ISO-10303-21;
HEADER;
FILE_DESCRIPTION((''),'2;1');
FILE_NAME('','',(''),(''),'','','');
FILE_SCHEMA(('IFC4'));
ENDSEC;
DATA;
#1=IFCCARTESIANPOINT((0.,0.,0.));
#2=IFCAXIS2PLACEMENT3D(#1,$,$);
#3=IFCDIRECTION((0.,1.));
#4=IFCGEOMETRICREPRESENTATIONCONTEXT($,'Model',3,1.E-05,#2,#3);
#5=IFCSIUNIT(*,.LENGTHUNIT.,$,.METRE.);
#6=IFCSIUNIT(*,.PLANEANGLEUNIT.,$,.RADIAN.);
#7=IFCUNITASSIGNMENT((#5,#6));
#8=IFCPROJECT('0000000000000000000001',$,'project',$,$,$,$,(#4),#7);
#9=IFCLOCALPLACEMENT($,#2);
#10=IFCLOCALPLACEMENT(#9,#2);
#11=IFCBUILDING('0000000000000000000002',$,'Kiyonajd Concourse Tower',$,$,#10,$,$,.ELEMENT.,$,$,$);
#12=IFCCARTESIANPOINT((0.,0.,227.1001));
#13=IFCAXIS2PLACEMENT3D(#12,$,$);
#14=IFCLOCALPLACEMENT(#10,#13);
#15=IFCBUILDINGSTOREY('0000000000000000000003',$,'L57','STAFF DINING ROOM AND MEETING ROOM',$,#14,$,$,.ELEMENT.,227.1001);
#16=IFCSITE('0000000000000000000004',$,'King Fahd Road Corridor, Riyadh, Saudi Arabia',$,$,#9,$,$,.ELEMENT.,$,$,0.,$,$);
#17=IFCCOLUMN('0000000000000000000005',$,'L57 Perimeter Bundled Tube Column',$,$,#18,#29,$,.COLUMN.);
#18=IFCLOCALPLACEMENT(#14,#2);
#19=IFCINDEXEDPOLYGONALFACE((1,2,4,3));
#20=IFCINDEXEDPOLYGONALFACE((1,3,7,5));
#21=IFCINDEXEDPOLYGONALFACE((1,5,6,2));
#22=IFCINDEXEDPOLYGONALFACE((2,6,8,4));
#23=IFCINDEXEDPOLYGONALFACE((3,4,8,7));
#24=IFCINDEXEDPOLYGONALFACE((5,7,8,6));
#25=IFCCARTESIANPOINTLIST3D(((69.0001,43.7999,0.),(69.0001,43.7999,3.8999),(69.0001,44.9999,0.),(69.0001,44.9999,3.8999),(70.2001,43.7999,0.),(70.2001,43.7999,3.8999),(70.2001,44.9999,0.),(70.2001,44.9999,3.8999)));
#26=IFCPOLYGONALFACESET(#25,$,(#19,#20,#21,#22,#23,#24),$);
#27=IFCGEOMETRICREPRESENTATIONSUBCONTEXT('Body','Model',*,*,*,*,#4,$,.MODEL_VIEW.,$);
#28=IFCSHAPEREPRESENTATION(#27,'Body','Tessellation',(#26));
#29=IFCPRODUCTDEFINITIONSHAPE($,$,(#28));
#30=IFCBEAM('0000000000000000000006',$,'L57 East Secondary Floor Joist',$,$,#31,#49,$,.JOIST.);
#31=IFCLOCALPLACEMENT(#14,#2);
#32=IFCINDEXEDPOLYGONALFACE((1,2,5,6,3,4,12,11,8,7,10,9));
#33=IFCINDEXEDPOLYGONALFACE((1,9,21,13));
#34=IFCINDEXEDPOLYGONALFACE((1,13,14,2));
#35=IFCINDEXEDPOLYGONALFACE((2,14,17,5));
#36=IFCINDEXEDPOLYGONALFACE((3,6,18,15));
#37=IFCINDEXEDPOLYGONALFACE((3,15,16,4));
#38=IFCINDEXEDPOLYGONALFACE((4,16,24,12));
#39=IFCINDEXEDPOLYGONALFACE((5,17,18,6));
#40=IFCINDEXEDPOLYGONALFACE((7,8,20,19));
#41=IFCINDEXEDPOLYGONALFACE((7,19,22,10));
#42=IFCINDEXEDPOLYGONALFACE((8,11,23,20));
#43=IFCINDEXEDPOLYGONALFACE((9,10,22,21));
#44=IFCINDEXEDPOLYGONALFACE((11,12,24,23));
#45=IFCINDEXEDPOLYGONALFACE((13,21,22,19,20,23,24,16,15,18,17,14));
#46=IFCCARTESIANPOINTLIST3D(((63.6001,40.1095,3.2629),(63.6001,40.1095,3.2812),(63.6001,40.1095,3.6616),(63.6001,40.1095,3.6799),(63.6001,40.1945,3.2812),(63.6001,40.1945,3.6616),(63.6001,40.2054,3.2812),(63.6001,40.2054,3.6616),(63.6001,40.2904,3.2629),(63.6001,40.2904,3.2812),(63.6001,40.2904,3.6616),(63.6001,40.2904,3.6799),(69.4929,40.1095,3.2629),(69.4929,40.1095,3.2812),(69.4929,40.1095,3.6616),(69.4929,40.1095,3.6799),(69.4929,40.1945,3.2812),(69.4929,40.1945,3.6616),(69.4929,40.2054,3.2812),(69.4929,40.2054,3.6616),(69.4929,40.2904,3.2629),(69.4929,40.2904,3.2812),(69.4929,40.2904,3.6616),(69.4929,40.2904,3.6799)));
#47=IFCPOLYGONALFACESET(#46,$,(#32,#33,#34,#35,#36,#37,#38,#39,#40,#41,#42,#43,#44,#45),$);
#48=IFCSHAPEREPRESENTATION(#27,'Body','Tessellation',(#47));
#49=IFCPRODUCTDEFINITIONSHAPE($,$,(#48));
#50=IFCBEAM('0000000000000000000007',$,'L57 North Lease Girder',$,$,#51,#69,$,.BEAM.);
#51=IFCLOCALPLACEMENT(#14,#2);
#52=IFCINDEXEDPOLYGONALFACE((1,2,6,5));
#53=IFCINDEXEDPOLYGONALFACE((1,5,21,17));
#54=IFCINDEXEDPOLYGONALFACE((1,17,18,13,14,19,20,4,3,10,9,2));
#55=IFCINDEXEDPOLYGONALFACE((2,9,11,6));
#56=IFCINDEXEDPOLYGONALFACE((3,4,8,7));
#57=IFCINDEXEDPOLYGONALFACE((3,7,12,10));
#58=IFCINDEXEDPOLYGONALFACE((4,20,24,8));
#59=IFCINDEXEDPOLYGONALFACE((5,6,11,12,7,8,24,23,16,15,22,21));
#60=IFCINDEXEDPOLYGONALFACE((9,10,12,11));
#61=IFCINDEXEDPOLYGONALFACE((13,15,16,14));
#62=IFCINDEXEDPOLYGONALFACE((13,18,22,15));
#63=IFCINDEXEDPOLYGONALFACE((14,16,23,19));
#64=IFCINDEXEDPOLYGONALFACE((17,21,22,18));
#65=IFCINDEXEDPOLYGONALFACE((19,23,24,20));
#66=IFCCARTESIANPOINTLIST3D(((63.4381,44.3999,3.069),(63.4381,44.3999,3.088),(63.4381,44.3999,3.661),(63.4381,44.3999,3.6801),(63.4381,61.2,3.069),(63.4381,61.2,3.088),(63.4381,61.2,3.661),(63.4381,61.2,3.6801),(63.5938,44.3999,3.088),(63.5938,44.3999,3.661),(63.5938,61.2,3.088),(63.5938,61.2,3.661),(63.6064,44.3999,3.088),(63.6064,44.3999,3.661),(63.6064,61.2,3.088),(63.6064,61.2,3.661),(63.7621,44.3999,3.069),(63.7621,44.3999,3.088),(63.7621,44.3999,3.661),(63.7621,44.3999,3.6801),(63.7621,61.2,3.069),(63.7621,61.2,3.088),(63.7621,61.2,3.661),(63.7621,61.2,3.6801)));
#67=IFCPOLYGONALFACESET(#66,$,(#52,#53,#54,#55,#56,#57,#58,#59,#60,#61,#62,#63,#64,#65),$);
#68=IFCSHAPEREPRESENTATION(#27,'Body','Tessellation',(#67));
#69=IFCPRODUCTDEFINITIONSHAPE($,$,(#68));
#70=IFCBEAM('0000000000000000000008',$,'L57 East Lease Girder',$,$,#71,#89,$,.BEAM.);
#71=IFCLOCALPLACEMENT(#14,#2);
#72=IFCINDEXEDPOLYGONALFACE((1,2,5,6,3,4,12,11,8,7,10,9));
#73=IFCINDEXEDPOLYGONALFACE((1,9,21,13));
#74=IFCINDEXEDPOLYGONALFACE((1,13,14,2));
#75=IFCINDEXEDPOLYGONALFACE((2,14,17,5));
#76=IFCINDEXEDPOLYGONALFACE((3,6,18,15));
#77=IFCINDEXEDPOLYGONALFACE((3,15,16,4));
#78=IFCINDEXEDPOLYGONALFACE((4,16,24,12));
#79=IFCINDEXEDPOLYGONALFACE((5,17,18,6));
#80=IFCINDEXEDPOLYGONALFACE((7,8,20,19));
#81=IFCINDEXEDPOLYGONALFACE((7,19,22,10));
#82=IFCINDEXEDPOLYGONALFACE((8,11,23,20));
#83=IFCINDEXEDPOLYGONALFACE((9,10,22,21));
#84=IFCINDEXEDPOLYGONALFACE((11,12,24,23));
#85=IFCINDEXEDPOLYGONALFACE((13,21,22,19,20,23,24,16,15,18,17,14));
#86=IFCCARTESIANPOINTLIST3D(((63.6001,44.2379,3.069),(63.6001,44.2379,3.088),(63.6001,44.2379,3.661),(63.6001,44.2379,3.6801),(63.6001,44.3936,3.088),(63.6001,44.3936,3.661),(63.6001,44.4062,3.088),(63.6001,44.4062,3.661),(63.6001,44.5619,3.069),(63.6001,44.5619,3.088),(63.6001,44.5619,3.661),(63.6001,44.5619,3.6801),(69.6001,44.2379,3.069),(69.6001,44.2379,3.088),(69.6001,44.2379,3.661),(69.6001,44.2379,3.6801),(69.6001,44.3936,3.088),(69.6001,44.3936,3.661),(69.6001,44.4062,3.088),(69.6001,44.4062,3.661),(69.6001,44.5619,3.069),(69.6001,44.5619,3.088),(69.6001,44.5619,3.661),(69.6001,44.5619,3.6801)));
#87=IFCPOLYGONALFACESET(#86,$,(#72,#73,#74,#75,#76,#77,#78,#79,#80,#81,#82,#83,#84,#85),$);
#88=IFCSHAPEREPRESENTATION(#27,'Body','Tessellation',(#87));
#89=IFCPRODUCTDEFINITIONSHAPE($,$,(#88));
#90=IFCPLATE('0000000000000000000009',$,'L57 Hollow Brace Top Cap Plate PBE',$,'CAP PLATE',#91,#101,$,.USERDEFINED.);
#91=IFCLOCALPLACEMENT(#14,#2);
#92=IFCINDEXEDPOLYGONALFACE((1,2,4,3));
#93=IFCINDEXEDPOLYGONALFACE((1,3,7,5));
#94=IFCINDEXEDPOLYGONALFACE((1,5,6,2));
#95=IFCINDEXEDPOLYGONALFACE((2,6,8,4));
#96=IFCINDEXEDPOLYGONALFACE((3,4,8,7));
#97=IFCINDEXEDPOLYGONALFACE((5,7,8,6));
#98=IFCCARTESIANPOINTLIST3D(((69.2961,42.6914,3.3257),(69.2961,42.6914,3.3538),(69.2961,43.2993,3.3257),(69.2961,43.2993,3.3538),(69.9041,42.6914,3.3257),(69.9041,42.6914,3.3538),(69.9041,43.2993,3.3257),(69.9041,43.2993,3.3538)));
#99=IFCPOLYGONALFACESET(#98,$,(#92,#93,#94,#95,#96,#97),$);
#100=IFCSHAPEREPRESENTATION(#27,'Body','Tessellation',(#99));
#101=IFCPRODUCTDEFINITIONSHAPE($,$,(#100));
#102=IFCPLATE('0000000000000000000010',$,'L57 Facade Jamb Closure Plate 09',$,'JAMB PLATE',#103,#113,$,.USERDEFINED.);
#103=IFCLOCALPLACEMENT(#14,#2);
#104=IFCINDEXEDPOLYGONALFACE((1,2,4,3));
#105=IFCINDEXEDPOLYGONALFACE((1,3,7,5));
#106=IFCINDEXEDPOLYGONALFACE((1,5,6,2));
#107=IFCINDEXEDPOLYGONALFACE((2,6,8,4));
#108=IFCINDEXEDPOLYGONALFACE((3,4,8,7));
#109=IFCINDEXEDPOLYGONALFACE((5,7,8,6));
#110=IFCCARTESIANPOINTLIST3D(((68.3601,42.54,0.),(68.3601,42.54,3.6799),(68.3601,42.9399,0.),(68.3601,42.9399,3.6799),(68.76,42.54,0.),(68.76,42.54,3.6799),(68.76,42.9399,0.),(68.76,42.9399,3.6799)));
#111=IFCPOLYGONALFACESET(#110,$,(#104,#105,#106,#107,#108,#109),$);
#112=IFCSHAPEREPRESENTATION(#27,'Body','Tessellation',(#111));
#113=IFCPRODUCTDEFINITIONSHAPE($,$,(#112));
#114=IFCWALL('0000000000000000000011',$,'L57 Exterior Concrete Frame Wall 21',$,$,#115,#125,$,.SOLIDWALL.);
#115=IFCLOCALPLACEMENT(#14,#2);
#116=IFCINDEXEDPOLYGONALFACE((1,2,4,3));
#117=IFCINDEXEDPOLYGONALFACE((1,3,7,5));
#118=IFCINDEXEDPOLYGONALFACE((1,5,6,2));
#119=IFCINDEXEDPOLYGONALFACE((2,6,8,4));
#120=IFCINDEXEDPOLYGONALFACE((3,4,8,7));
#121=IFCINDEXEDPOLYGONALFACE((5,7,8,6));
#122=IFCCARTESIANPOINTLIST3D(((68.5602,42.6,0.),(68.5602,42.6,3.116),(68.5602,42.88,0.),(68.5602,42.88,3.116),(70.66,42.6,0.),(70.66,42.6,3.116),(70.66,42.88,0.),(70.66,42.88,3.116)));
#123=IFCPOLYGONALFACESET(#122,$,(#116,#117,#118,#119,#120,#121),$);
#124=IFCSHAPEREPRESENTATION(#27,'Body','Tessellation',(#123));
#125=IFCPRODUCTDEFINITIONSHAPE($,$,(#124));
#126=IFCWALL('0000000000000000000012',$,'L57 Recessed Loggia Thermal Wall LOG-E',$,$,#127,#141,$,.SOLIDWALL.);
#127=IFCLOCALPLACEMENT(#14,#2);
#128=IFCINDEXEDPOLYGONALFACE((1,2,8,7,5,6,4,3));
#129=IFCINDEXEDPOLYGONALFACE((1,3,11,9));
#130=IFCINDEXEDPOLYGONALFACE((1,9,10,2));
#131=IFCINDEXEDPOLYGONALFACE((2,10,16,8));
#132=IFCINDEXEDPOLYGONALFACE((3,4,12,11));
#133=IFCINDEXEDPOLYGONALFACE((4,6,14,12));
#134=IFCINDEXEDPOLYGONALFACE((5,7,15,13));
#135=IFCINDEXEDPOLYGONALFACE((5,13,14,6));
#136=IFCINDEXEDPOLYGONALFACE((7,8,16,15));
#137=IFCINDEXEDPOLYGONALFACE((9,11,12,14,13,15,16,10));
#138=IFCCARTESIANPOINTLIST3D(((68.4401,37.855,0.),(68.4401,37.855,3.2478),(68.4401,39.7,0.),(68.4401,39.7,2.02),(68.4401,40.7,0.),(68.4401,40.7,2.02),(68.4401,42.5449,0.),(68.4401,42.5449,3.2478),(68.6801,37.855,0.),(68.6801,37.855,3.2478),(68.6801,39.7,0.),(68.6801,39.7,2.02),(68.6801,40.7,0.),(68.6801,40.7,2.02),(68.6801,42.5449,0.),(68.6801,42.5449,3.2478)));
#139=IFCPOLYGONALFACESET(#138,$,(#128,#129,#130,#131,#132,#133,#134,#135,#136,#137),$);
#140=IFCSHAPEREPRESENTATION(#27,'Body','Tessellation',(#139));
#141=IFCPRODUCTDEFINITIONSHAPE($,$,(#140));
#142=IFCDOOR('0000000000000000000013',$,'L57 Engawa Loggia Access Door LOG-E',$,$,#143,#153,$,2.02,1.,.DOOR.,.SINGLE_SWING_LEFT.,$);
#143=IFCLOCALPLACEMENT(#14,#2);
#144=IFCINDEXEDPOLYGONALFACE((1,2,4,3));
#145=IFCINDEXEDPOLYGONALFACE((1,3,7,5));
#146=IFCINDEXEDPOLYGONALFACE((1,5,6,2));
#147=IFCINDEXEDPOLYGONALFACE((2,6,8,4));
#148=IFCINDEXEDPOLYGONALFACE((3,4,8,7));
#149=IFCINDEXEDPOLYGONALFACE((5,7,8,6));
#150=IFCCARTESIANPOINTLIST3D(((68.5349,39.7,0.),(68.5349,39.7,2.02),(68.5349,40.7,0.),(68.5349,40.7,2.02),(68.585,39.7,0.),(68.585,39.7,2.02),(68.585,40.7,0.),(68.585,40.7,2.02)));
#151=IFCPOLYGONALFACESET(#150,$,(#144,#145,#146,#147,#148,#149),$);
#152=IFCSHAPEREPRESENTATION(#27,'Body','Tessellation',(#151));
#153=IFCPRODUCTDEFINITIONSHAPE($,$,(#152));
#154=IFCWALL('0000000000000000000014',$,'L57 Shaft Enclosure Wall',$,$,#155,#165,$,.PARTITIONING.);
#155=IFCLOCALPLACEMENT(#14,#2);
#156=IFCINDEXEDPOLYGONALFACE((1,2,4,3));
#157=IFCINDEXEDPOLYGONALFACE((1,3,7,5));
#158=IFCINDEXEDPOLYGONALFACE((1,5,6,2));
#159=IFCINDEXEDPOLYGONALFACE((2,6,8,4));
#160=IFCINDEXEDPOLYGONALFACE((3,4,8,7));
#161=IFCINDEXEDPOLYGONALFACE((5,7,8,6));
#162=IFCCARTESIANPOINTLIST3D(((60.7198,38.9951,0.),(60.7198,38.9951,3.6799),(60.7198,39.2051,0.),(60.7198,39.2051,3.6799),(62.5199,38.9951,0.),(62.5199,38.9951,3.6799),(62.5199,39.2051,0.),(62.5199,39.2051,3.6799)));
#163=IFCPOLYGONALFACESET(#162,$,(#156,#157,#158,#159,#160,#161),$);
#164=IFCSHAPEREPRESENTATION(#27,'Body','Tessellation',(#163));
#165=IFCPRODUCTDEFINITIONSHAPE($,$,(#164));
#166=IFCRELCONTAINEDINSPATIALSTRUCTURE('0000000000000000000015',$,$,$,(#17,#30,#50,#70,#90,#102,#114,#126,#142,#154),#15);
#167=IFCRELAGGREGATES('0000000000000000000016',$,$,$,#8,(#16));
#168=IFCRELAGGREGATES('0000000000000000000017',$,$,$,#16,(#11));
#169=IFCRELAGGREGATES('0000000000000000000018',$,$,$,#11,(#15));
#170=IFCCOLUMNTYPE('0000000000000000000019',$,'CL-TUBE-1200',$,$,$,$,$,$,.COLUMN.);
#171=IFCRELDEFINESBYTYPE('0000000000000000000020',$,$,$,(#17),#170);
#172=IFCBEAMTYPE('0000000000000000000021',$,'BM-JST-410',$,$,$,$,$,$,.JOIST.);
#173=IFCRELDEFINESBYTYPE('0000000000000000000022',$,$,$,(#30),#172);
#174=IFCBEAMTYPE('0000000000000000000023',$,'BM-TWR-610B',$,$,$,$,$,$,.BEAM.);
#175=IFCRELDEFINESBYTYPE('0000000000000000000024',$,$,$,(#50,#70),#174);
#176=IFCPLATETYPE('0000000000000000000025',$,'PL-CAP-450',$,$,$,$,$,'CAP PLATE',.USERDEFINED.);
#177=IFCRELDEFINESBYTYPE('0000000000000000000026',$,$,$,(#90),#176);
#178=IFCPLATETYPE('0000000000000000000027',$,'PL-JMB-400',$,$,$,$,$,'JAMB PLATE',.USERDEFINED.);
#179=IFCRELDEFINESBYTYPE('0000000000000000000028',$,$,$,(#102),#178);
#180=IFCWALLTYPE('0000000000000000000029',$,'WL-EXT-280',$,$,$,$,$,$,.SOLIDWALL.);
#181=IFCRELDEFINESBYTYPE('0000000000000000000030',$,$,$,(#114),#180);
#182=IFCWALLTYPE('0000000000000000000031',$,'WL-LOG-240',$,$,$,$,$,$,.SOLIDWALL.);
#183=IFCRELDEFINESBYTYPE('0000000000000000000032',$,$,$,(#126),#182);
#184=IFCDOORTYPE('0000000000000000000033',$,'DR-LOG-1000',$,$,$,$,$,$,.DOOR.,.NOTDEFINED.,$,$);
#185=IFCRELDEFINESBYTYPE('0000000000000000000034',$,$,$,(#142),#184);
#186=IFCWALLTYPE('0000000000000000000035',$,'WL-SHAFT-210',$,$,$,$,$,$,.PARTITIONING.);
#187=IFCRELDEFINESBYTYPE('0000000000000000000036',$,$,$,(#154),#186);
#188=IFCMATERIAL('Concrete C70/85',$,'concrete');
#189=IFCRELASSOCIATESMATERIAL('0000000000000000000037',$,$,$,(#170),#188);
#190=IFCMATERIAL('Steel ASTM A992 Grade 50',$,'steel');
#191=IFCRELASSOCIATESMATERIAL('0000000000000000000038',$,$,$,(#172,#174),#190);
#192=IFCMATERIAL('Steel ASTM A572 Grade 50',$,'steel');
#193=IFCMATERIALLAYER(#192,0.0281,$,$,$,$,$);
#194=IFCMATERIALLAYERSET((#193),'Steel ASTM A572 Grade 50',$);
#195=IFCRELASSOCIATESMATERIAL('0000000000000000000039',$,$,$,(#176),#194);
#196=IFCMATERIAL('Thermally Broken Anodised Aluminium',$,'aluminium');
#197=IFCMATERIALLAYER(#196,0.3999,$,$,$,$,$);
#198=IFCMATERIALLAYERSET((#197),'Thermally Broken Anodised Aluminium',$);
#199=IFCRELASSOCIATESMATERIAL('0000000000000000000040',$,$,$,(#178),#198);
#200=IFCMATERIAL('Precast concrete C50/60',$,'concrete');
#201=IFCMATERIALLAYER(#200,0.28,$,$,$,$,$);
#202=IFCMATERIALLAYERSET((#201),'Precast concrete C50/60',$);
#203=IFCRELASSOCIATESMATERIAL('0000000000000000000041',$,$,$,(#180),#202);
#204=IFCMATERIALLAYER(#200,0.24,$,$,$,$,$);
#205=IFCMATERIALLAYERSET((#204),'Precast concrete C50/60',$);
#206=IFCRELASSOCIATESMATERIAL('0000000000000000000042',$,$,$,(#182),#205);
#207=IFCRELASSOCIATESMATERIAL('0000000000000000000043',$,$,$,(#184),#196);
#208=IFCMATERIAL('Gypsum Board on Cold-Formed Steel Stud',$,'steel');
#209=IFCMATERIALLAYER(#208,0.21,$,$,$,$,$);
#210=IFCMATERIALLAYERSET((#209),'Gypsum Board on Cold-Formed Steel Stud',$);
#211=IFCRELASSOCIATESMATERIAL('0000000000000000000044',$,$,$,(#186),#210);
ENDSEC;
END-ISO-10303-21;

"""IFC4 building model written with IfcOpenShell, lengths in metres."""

from ifc_helpers import new_model, si_unit, direction, frame, frame_2d, origin, origin_2d, place, context, subcontext, project, spatial, rectangle, i_section, extrude, material, layer, layer_set, material_profile, profile_set, type_object, element, fill, save


model = new_model("IFC4")

# Units and contexts
model_context = context("Model", 3, precision=1e-05, world=origin(), true_north=direction((0.0, 1.0)))
body_context = subcontext(model_context, "Body", "Model", "MODEL_VIEW")
ifc_project = project(units=[si_unit("LENGTHUNIT", "METRE"), si_unit("PLANEANGLEUNIT", "RADIAN")], contexts=[model_context])

# Site, building, storey
site_placement = place(None, origin())
site = spatial("IfcSite", under=ifc_project, at=site_placement, Name="King Fahd Road Corridor, Riyadh, Saudi Arabia", CompositionType="ELEMENT", RefElevation=0.0)
building_placement = place(site_placement, origin())
building = spatial("IfcBuilding", under=site, at=building_placement, Name="Kiyonajd Concourse Tower", CompositionType="ELEMENT")
storey_placement = place(building_placement, frame((0.0, 0.0, 227.1001)))
storey = spatial("IfcBuildingStorey", under=building, at=storey_placement, Name="L57", Description="STAFF DINING ROOM AND MEETING ROOM", CompositionType="ELEMENT", Elevation=227.1001)

# Column
ifc_material_1 = material(Name="Concrete C70/85", Category="concrete")
ifc_material_profile_1 = material_profile(ifc_material_1, rectangle(XDim=1.2, YDim=1.2, at=origin_2d()), Name="RC-1200x1200")
ifc_profile_set_1 = profile_set([ifc_material_profile_1], Name="Concrete C70/85")
column_type = type_object("IfcColumnType", Name="CL-TUBE-1200", PredefinedType="COLUMN", material=ifc_profile_set_1)
column_placement = place(storey_placement, frame((69.6001, 44.3999, 0.0), z_axis=(0.0, 0.0, 1.0), x_axis=(1.0, 0.0, 0.0)))
element("IfcColumn", 1, at=column_placement, inside=storey, type_object=column_type, Name="L57 Perimeter Bundled Tube Column", PredefinedType="COLUMN", context=body_context, shape_type="SweptSolid", body=[
    extrude(rectangle(XDim=1.2, YDim=1.2, at=origin_2d()), origin(), (0.0, 0.0, 1.0), 3.8999),
])

# Beams
ifc_material_2 = material(Name="Steel ASTM A992 Grade 50", Category="steel")
ifc_material_profile_2 = material_profile(ifc_material_2, i_section(OverallWidth=0.1809, OverallDepth=0.417, WebThickness=0.011, FlangeThickness=0.0183, at=origin_2d()), Name="W410X85")
ifc_profile_set_2 = profile_set([ifc_material_profile_2], Name="Steel ASTM A992 Grade 50")
beam_type_1 = type_object("IfcBeamType", Name="BM-JST-410", PredefinedType="JOIST", material=ifc_profile_set_2)
beam_1_placement = place(storey_placement, frame((63.6001, 40.2, 3.4714), z_axis=(1.0, 0.0, 0.0), x_axis=(0.0, 1.0, 0.0)))
element("IfcBeam", 2, at=beam_1_placement, inside=storey, type_object=beam_type_1, Name="L57 East Secondary Floor Joist", PredefinedType="JOIST", context=body_context, shape_type="SweptSolid", body=[
    extrude(i_section(OverallWidth=0.1809, OverallDepth=0.417, WebThickness=0.011, FlangeThickness=0.0183, at=origin_2d()), origin(), (0.0, 0.0, 1.0), 5.8928),
])
ifc_material_profile_3 = material_profile(ifc_material_2, i_section(OverallWidth=0.324, OverallDepth=0.6111, WebThickness=0.0127, FlangeThickness=0.019, at=origin_2d()), Name="W610X155")
ifc_profile_set_3 = profile_set([ifc_material_profile_3], Name="Steel ASTM A992 Grade 50")
beam_type_2 = type_object("IfcBeamType", Name="BM-TWR-610B", PredefinedType="BEAM", material=ifc_profile_set_3)
beam_2_placement = place(storey_placement, frame((63.6001, 44.3999, 3.3745), z_axis=(0.0, 1.0, 0.0), x_axis=(-1.0, 0.0, 0.0)))
element("IfcBeam", 3, at=beam_2_placement, inside=storey, type_object=beam_type_2, Name="L57 North Lease Girder", PredefinedType="BEAM", context=body_context, shape_type="SweptSolid", body=[
    extrude(i_section(OverallWidth=0.324, OverallDepth=0.6111, WebThickness=0.0127, FlangeThickness=0.019, at=origin_2d()), origin(), (0.0, 0.0, 1.0), 16.8),
])
beam_3_placement = place(storey_placement, frame((63.6001, 44.3999, 3.3745), z_axis=(1.0, 0.0, 0.0), x_axis=(0.0, 1.0, 0.0)))
element("IfcBeam", 4, at=beam_3_placement, inside=storey, type_object=beam_type_2, Name="L57 East Lease Girder", PredefinedType="BEAM", context=body_context, shape_type="SweptSolid", body=[
    extrude(i_section(OverallWidth=0.324, OverallDepth=0.6111, WebThickness=0.0127, FlangeThickness=0.019, at=origin_2d()), origin(), (0.0, 0.0, 1.0), 6.0),
])

# Plates
ifc_material_3 = material(Name="Steel ASTM A572 Grade 50", Category="steel")
ifc_layer_1 = layer(ifc_material_3, 0.0281)
ifc_layer_set_1 = layer_set([ifc_layer_1], Name="Steel ASTM A572 Grade 50")
plate_type_1 = type_object("IfcPlateType", Name="PL-CAP-450", ElementType="CAP PLATE", PredefinedType="USERDEFINED", material=ifc_layer_set_1)
plate_1_placement = place(storey_placement, frame((69.6001, 42.9954, 3.3257), z_axis=(0.0, 0.0, 1.0), x_axis=(1.0, 0.0, 0.0)))
element("IfcPlate", 5, at=plate_1_placement, inside=storey, type_object=plate_type_1, Name="L57 Hollow Brace Top Cap Plate PBE", ObjectType="CAP PLATE", PredefinedType="USERDEFINED", context=body_context, shape_type="SweptSolid", body=[
    extrude(rectangle(XDim=0.6079, YDim=0.6079, at=origin_2d()), origin(), (0.0, 0.0, 1.0), 0.0281),
])
ifc_material_4 = material(Name="Thermally Broken Anodised Aluminium", Category="aluminium")
ifc_layer_2 = layer(ifc_material_4, 0.3999)
ifc_layer_set_2 = layer_set([ifc_layer_2], Name="Thermally Broken Anodised Aluminium")
plate_type_2 = type_object("IfcPlateType", Name="PL-JMB-400", ElementType="JAMB PLATE", PredefinedType="USERDEFINED", material=ifc_layer_set_2)
plate_2_placement = place(storey_placement, frame((68.5601, 42.74, 0.0), z_axis=(0.0, 0.0, 1.0), x_axis=(1.0, 0.0, 0.0)))
element("IfcPlate", 6, at=plate_2_placement, inside=storey, type_object=plate_type_2, Name="L57 Facade Jamb Closure Plate 09", ObjectType="JAMB PLATE", PredefinedType="USERDEFINED", context=body_context, shape_type="SweptSolid", body=[
    extrude(rectangle(XDim=0.3999, YDim=0.3999, at=origin_2d()), origin(), (0.0, 0.0, 1.0), 3.6799),
])

# Wall
ifc_material_5 = material(Name="Precast concrete C50/60", Category="concrete")
ifc_layer_3 = layer(ifc_material_5, 0.28)
ifc_layer_set_3 = layer_set([ifc_layer_3], Name="Precast concrete C50/60")
wall_type_1 = type_object("IfcWallType", Name="WL-EXT-280", PredefinedType="SOLIDWALL", material=ifc_layer_set_3)
wall_1_placement = place(storey_placement, frame((70.6599, 42.74, 0.0), z_axis=(0.0, 0.0, 1.0), x_axis=(-1.0, 0.0, 0.0)))
element("IfcWall", 7, at=wall_1_placement, inside=storey, type_object=wall_type_1, Name="L57 Exterior Concrete Frame Wall 21", PredefinedType="SOLIDWALL", context=body_context, shape_type="SweptSolid", body=[
    extrude(rectangle(XDim=2.0999, YDim=0.28, at=frame_2d((1.0498, 0.0))), origin(), (0.0, 0.0, 1.0), 3.116),
])

# Wall, opening, door
ifc_layer_4 = layer(ifc_material_5, 0.24)
ifc_layer_set_4 = layer_set([ifc_layer_4], Name="Precast concrete C50/60")
wall_type_2 = type_object("IfcWallType", Name="WL-LOG-240", PredefinedType="SOLIDWALL", material=ifc_layer_set_4)
wall_2_placement = place(storey_placement, frame((68.5601, 42.5449, 0.0), z_axis=(0.0, 0.0, 1.0), x_axis=(0.0, -1.0, 0.0)))
wall_2 = element("IfcWall", 8, at=wall_2_placement, inside=storey, type_object=wall_type_2, Name="L57 Recessed Loggia Thermal Wall LOG-E", PredefinedType="SOLIDWALL", context=body_context, shape_type="SweptSolid", body=[
    extrude(rectangle(XDim=4.6899, YDim=0.24, at=frame_2d((2.345, 0.0))), origin(), (0.0, 0.0, 1.0), 3.2478),
])
opening_placement = place(wall_2_placement, frame((1.845, 0.0, 0.0)))
opening = element("IfcOpeningElement", 9, at=opening_placement, cuts=wall_2, PredefinedType="OPENING", context=body_context, shape_type="SweptSolid", body=[
    extrude(rectangle(XDim=1.0, YDim=2.02, at=frame_2d((0.5, 1.01))), frame((0.0, 0.1299, 0.0), z_axis=(0.0, -1.0, 0.0), x_axis=(1.0, 0.0, 0.0)), (0.0, 0.0, 1.0), 0.26),
])
door_type = type_object("IfcDoorType", Name="DR-LOG-1000", OperationType="NOTDEFINED", PredefinedType="DOOR", material=ifc_material_4)
door_placement = place(opening_placement, origin())
door = element("IfcDoor", 10, at=door_placement, inside=storey, type_object=door_type, Name="L57 Engawa Loggia Access Door LOG-E", OperationType="SINGLE_SWING_LEFT", OverallHeight=2.02, OverallWidth=1.0, PredefinedType="DOOR", context=body_context, shape_type="SweptSolid", body=[
    extrude(rectangle(XDim=1.0, YDim=2.02, at=frame_2d((0.5, 1.01))), frame((0.0, 0.0249, 0.0), z_axis=(0.0, -1.0, 0.0), x_axis=(1.0, 0.0, 0.0)), (0.0, 0.0, 1.0), 0.05),
])
fill(opening, door)

# Wall
ifc_material_6 = material(Name="Gypsum Board on Cold-Formed Steel Stud", Category="steel")
ifc_layer_5 = layer(ifc_material_6, 0.21)
ifc_layer_set_5 = layer_set([ifc_layer_5], Name="Gypsum Board on Cold-Formed Steel Stud")
wall_type_3 = type_object("IfcWallType", Name="WL-SHAFT-210", PredefinedType="PARTITIONING", material=ifc_layer_set_5)
wall_3_placement = place(storey_placement, frame((60.72, 39.1001, 0.0), z_axis=(0.0, 0.0, 1.0), x_axis=(1.0, 0.0, 0.0)))
element("IfcWall", 11, at=wall_3_placement, inside=storey, type_object=wall_type_3, Name="L57 Shaft Enclosure Wall", PredefinedType="PARTITIONING", context=body_context, shape_type="SweptSolid", body=[
    extrude(rectangle(XDim=1.8, YDim=0.21, at=frame_2d((0.8999, 0.0))), origin(), (0.0, 0.0, 1.0), 3.6799),
])

save(model, "model.ifc")
